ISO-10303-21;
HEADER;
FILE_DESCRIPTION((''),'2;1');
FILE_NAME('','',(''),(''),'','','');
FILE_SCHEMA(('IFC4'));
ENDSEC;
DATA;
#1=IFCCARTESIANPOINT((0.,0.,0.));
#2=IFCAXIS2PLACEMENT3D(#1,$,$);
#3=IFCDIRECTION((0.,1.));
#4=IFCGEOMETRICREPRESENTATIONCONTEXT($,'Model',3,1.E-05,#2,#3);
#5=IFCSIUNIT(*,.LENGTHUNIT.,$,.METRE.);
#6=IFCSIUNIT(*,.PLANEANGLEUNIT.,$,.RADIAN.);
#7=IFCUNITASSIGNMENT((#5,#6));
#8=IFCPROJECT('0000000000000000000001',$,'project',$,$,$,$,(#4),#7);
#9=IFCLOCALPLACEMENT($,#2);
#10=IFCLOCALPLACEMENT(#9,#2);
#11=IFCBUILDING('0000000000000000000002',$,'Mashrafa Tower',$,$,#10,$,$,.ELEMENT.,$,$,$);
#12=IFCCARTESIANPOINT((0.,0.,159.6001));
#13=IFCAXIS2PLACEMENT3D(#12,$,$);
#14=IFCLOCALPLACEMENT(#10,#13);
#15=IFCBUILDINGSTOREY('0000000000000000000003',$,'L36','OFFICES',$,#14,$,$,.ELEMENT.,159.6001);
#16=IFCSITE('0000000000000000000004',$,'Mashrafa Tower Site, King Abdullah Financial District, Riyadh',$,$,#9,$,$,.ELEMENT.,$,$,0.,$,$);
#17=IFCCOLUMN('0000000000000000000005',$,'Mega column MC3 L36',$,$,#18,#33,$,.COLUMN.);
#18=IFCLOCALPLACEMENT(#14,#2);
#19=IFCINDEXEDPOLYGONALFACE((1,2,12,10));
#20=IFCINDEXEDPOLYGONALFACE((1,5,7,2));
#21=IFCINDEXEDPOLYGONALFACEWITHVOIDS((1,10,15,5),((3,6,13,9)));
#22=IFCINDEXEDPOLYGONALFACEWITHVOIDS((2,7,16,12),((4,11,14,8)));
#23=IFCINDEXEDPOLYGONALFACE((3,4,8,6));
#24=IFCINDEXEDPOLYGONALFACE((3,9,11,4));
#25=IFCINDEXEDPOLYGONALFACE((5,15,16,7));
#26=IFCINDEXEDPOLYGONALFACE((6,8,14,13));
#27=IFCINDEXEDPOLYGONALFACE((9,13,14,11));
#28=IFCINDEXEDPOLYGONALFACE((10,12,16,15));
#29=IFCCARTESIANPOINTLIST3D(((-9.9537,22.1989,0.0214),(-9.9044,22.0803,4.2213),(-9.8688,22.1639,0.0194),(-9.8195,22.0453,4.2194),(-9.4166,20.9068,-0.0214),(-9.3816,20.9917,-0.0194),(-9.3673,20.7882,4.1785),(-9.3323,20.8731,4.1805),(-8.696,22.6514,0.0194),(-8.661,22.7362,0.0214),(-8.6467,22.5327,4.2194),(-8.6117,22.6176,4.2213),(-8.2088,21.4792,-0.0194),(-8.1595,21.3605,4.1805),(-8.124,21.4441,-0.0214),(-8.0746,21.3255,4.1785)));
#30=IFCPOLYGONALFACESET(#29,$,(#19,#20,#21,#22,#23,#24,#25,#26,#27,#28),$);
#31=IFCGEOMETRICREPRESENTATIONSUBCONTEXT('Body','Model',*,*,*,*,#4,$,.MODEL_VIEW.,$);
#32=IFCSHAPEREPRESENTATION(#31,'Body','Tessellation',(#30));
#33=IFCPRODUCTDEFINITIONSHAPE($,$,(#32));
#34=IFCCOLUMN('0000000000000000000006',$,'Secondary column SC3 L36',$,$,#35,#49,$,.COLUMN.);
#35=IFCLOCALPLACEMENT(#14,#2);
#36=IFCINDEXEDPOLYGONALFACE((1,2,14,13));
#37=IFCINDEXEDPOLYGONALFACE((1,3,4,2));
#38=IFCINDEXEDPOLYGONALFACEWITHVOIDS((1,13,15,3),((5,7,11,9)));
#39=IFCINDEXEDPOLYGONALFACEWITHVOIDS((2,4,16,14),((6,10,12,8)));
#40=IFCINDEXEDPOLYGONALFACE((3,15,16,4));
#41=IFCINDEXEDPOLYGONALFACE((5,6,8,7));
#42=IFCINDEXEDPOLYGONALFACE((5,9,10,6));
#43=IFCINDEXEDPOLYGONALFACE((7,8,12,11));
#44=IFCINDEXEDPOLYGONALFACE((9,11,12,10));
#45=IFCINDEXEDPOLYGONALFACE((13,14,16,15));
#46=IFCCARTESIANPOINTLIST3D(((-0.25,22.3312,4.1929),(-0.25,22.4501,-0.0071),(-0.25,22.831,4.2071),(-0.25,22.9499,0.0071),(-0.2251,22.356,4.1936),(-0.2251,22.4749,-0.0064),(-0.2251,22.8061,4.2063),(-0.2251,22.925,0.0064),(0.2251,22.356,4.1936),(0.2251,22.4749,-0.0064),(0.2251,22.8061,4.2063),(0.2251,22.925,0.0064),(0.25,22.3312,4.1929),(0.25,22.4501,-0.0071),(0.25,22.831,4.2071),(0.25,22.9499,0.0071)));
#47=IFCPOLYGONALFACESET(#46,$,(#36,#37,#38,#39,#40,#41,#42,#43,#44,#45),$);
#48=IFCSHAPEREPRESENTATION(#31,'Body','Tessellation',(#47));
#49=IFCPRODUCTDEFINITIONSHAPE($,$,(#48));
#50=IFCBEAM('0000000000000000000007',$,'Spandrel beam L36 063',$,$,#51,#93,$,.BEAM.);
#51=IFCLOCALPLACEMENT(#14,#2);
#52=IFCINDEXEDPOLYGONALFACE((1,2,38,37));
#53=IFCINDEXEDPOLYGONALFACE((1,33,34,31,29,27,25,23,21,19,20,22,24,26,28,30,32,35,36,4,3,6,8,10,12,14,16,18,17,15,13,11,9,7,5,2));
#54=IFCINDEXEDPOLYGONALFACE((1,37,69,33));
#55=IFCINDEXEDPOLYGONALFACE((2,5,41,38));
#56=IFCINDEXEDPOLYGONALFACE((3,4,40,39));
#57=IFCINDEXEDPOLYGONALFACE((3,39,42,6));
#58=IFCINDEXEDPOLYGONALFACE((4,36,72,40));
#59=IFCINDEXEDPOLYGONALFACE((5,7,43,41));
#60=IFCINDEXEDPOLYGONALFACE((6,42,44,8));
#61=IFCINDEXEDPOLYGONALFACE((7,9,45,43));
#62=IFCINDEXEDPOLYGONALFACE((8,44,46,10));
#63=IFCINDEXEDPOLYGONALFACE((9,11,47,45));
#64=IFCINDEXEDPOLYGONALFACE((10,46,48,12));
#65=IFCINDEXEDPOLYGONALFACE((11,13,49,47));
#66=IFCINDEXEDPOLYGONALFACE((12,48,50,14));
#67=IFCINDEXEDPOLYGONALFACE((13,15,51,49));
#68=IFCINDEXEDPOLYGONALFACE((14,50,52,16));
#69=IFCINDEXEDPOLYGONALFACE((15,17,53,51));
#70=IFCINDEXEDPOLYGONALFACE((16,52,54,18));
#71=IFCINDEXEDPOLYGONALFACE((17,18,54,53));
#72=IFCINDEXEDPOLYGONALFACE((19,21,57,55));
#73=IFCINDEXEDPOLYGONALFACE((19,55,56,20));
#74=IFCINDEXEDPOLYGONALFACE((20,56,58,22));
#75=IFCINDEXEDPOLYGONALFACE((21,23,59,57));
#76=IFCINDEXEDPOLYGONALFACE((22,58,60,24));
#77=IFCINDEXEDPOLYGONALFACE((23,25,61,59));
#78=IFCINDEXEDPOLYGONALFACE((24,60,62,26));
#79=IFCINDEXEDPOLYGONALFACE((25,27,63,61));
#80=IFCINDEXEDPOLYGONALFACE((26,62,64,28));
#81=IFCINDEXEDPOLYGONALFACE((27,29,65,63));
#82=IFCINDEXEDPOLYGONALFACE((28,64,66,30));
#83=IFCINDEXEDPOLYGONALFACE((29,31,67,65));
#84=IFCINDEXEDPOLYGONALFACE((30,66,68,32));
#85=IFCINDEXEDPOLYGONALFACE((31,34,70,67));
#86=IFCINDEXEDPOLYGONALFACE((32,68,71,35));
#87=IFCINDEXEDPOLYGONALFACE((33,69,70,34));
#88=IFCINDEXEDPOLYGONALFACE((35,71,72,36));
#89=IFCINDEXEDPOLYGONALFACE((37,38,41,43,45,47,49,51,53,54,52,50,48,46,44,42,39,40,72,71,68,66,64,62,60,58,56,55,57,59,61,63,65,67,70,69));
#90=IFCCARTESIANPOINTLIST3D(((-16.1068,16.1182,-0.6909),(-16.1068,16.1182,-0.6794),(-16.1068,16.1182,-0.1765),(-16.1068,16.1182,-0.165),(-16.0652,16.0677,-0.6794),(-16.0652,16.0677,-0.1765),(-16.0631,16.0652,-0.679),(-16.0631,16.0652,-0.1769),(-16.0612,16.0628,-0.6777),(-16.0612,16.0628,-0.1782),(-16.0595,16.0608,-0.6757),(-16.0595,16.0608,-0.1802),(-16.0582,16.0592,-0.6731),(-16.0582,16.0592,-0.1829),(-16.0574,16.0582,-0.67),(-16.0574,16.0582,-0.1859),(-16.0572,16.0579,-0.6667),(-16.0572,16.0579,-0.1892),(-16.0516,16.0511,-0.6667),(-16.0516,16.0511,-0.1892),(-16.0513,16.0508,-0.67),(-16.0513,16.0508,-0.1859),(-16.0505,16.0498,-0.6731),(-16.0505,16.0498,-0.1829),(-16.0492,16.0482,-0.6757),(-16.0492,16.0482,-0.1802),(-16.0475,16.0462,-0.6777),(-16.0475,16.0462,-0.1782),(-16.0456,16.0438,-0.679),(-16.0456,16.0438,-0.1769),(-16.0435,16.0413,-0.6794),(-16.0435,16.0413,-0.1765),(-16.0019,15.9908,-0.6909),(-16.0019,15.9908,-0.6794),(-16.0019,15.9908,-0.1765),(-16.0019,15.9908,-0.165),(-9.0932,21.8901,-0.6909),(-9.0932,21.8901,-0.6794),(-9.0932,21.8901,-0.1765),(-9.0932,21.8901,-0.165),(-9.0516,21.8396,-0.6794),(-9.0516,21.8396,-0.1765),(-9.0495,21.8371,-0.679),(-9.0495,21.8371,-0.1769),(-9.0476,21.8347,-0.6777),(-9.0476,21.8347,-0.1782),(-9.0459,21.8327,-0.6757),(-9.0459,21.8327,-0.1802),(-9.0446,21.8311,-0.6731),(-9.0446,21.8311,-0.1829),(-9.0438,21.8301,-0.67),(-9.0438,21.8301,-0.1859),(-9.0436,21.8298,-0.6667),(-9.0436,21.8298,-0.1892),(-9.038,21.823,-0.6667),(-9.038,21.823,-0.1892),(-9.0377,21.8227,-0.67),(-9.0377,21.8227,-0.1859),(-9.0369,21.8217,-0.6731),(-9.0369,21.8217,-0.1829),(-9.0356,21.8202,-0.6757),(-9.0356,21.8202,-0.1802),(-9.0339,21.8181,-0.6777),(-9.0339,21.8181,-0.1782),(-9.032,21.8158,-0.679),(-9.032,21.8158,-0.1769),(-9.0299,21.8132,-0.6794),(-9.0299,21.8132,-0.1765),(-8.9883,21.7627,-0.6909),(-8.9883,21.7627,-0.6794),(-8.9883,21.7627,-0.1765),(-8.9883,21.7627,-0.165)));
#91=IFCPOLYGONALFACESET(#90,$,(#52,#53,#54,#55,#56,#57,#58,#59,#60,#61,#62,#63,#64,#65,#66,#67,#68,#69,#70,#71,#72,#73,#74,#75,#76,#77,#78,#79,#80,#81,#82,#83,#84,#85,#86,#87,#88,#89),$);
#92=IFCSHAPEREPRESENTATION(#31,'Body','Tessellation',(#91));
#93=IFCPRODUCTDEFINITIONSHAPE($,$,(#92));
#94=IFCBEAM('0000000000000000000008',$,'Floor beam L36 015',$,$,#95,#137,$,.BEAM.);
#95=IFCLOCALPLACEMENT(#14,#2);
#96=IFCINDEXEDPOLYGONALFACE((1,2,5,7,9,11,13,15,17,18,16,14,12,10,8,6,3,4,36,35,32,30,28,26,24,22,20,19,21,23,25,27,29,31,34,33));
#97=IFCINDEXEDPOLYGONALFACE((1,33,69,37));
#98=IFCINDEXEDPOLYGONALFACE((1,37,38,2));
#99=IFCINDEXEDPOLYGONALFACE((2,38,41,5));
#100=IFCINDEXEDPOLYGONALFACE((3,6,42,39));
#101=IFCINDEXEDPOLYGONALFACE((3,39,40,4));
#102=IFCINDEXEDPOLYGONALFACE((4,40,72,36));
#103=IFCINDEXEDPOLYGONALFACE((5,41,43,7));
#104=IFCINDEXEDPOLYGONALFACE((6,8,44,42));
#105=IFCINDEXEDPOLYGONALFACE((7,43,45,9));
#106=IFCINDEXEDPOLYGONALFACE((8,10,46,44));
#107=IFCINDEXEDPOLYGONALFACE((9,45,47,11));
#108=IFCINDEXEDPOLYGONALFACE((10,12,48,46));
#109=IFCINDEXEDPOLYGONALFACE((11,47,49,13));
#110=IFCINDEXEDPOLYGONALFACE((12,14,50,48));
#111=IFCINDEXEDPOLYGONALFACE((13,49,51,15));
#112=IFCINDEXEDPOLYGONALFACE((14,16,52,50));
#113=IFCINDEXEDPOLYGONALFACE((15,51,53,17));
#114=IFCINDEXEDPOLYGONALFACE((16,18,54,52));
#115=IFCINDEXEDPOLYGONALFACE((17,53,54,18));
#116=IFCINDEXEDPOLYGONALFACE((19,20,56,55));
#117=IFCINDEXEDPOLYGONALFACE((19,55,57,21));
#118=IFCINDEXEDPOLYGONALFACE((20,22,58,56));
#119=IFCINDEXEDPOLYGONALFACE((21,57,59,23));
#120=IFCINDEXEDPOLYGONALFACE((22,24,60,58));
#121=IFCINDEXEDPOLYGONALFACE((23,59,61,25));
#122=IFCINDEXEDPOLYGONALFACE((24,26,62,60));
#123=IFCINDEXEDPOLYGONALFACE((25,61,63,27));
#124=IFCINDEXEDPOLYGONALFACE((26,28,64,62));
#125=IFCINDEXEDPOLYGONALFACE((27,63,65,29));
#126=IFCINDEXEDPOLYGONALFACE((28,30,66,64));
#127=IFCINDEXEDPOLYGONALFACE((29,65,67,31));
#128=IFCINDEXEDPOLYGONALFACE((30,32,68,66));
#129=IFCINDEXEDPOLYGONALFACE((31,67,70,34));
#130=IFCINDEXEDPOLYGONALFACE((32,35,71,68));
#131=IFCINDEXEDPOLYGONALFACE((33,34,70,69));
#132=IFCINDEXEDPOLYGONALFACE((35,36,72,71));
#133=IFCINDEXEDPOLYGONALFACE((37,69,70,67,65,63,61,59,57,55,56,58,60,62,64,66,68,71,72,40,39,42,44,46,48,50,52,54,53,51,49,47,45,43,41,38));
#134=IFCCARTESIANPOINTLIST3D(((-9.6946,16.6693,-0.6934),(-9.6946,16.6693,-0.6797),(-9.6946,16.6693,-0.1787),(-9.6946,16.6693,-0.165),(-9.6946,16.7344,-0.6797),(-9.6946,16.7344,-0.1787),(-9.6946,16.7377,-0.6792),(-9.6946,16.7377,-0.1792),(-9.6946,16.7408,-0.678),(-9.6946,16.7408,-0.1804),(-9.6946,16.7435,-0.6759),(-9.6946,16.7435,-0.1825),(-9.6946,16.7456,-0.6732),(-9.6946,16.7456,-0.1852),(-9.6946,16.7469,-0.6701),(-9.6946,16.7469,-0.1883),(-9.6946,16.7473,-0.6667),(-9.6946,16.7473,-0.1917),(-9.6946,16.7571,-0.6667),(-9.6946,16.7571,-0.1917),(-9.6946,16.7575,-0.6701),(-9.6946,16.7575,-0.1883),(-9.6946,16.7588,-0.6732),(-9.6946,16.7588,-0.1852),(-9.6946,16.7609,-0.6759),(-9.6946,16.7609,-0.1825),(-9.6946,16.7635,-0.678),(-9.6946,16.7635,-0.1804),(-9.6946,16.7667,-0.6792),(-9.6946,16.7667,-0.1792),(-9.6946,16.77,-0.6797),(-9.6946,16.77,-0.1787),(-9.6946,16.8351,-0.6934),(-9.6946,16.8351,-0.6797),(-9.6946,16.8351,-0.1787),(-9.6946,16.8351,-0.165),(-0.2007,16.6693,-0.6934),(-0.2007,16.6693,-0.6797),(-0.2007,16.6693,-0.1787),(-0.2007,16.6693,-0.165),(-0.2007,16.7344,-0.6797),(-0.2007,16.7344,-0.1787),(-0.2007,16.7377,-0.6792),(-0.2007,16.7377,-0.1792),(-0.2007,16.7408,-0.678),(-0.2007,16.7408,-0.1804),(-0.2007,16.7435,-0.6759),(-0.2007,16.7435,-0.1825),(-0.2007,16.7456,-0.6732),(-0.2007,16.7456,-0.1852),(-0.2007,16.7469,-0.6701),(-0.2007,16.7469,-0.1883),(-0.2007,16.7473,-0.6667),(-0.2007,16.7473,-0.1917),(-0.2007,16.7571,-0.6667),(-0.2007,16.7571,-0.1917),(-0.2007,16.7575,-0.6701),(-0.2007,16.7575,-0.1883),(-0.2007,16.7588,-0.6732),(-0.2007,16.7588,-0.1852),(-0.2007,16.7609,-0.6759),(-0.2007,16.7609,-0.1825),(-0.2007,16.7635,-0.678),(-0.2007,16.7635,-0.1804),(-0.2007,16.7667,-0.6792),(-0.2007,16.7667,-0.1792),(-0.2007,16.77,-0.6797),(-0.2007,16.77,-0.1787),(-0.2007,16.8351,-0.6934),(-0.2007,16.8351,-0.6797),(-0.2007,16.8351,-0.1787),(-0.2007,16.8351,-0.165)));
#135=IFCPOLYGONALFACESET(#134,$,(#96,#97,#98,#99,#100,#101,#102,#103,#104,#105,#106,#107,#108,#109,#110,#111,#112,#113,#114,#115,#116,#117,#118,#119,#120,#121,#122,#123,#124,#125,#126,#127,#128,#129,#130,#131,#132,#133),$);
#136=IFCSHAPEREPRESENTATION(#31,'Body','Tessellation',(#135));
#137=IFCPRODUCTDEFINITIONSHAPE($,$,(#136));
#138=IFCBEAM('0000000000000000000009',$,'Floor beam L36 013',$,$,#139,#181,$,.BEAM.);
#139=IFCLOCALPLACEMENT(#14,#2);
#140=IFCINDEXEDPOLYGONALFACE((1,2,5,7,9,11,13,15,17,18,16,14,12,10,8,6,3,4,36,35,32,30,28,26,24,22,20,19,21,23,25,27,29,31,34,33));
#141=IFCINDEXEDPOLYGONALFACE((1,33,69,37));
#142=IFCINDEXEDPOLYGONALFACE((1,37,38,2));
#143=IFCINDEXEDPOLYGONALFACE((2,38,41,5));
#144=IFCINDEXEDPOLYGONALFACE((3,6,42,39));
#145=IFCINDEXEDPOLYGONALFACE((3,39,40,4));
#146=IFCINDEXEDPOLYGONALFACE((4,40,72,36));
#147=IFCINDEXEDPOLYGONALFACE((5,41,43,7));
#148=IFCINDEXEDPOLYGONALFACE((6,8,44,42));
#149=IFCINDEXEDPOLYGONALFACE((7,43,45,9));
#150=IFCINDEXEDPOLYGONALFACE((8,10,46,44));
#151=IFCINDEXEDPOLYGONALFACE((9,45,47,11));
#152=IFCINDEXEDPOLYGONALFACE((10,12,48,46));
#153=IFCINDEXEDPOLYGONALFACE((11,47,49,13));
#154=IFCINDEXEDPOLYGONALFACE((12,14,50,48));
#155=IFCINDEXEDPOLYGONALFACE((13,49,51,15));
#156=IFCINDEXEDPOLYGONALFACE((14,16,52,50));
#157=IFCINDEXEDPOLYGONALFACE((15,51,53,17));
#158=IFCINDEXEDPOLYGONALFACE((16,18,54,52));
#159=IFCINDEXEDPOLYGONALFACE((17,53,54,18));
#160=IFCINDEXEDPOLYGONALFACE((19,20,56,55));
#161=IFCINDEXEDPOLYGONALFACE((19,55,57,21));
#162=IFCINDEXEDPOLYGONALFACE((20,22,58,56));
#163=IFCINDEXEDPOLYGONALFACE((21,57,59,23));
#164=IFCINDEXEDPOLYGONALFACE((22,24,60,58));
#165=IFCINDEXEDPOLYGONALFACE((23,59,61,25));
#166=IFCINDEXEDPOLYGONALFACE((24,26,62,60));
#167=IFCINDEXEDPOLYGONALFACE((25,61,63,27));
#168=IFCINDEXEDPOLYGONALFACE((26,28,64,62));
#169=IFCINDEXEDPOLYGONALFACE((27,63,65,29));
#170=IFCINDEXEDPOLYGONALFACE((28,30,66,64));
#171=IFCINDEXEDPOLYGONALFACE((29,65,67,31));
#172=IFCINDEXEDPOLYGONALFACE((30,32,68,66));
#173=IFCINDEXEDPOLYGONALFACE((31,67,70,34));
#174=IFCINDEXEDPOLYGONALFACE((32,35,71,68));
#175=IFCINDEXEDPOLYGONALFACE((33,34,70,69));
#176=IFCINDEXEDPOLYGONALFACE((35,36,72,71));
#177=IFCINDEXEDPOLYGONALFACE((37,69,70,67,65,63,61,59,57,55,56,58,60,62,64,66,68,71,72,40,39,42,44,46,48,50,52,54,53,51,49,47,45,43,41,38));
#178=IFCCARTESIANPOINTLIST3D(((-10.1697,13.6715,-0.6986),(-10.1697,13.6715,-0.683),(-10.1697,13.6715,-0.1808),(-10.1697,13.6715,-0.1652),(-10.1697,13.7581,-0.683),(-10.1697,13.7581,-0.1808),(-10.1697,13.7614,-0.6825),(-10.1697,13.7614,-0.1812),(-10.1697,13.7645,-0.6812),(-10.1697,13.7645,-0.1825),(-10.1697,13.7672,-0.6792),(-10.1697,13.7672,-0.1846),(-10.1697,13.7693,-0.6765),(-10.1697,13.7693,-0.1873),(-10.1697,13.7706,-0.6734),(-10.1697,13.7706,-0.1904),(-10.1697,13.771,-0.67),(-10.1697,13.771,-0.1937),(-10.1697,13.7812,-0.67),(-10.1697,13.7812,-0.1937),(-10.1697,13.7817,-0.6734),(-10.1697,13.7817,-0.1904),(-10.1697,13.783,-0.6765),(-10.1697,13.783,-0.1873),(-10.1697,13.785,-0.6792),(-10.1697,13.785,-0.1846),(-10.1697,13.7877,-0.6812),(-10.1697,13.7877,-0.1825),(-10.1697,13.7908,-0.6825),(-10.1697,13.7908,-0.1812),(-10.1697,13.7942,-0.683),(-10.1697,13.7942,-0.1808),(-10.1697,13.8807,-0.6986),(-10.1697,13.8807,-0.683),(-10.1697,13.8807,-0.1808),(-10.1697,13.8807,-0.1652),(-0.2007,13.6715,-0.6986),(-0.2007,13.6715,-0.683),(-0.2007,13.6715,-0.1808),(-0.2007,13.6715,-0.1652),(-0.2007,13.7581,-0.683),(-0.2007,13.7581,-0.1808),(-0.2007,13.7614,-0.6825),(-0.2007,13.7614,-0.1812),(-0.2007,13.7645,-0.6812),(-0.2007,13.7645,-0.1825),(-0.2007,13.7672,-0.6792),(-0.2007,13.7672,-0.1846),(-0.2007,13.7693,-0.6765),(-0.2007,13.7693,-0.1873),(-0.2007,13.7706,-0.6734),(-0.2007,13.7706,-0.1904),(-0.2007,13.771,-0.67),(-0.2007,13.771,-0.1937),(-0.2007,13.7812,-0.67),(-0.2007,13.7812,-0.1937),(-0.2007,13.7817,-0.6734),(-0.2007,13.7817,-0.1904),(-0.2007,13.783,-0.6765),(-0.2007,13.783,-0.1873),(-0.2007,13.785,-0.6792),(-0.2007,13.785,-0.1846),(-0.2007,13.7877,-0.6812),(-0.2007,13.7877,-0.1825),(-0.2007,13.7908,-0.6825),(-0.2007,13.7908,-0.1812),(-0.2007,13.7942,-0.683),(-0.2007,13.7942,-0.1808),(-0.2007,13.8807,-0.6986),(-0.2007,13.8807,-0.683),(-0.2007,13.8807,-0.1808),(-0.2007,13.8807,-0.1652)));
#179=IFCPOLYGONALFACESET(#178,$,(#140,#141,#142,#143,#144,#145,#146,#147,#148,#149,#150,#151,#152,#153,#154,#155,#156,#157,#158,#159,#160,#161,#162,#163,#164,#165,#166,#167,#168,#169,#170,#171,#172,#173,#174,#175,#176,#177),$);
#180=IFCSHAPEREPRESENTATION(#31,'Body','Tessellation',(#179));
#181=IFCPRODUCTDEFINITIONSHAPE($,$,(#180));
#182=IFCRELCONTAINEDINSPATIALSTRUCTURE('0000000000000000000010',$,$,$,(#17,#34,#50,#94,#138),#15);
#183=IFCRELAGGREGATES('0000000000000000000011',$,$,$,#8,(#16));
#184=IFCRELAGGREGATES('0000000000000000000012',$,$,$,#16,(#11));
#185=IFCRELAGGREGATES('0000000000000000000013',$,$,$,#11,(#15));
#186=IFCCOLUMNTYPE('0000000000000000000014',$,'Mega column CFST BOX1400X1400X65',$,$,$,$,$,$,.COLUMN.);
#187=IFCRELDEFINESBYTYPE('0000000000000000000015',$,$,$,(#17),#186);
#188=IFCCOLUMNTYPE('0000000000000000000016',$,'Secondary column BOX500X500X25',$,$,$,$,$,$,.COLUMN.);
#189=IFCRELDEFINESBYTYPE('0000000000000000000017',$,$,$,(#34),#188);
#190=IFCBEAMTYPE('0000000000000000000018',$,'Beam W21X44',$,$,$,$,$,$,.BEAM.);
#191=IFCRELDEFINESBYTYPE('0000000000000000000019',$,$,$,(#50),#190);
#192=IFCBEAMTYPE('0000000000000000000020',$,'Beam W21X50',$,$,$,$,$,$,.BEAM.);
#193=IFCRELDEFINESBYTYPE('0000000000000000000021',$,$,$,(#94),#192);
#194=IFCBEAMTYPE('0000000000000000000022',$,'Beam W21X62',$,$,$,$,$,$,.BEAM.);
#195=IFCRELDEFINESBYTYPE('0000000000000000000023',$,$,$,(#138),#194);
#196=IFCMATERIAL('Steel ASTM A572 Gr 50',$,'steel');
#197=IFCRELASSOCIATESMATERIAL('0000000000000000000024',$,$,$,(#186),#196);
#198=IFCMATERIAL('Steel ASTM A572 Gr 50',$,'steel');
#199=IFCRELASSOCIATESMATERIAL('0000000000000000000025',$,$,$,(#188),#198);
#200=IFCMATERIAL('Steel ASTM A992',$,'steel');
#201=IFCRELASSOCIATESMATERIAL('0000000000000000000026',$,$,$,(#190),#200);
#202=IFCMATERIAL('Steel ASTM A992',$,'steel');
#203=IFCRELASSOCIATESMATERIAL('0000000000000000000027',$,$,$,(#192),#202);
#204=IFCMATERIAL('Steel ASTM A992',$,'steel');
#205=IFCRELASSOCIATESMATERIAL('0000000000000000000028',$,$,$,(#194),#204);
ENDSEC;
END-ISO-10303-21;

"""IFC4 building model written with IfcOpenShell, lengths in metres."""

from ifc_helpers import new_model, si_unit, direction, frame, origin, origin_2d, place, context, subcontext, project, spatial, hollow_rectangle, i_section, extrude, material, material_profile, profile_set, type_object, element, save


model = new_model("IFC4")

# Units and contexts
model_context = context("Model", 3, precision=1e-05, world=origin(), true_north=direction((0.0, 1.0)))
body_context = subcontext(model_context, "Body", "Model", "MODEL_VIEW")
ifc_project = project(units=[si_unit("LENGTHUNIT", "METRE"), si_unit("PLANEANGLEUNIT", "RADIAN")], contexts=[model_context])

# Site, building, storey
site_placement = place(None, origin())
site = spatial("IfcSite", under=ifc_project, at=site_placement, Name="Mashrafa Tower Site, King Abdullah Financial District, Riyadh", CompositionType="ELEMENT", RefElevation=0.0)
building_placement = place(site_placement, origin())
building = spatial("IfcBuilding", under=site, at=building_placement, Name="Mashrafa Tower", CompositionType="ELEMENT")
storey_placement = place(building_placement, frame((0.0, 0.0, 159.6001)))
storey = spatial("IfcBuildingStorey", under=building, at=storey_placement, Name="L36", Description="OFFICES", CompositionType="ELEMENT", Elevation=159.6001)

# Columns
ifc_material_1 = material(Name="Steel ASTM A572 Gr 50", Category="steel")
ifc_material_profile_1 = material_profile(ifc_material_1, hollow_rectangle(XDim=1.3999, YDim=1.3999, WallThickness=0.0649, at=origin_2d()), Name="BOX1400X1400X65")
ifc_profile_set_1 = profile_set([ifc_material_profile_1], Name="Steel ASTM A572 Gr 50")
column_type_1 = type_object("IfcColumnType", Name="Mega column CFST BOX1400X1400X65", PredefinedType="COLUMN", material=ifc_profile_set_1)
column_1_placement = place(storey_placement, frame((-9.0388, 21.8215, 0.0), z_axis=(0.011737, -0.028238, 0.999532), x_axis=(0.923414, 0.383806, 0.0)))
element("IfcColumn", 1, at=column_1_placement, inside=storey, type_object=column_type_1, Name="Mega column MC3 L36", PredefinedType="COLUMN", context=body_context, shape_type="SweptSolid", body=[
    extrude(hollow_rectangle(XDim=1.3999, YDim=1.3999, WallThickness=0.0649, at=origin_2d()), origin(), (0.0, 0.0, 1.0), 4.2019),
])
ifc_material_2 = material(Name="Steel ASTM A572 Gr 50", Category="steel")
ifc_material_profile_2 = material_profile(ifc_material_2, hollow_rectangle(XDim=0.5, YDim=0.5, WallThickness=0.0249, at=origin_2d()), Name="BOX500X500X25")
ifc_profile_set_2 = profile_set([ifc_material_profile_2], Name="Steel ASTM A572 Gr 50")
column_type_2 = type_object("IfcColumnType", Name="Secondary column BOX500X500X25", PredefinedType="COLUMN", material=ifc_profile_set_2)
column_2_placement = place(storey_placement, frame((0.0, 22.7, 0.0), z_axis=(0.0, -0.028298, 0.9996), x_axis=(1.0, 0.0, 0.0)))
element("IfcColumn", 2, at=column_2_placement, inside=storey, type_object=column_type_2, Name="Secondary column SC3 L36", PredefinedType="COLUMN", context=body_context, shape_type="SweptSolid", body=[
    extrude(hollow_rectangle(XDim=0.5, YDim=0.5, WallThickness=0.0249, at=origin_2d()), origin(), (0.0, 0.0, 1.0), 4.2017),
])

# Beams
ifc_material_3 = material(Name="Steel ASTM A992", Category="steel")
ifc_material_profile_3 = material_profile(ifc_material_3, i_section(OverallWidth=0.165, OverallDepth=0.5259, WebThickness=0.0088, FlangeThickness=0.0115, FilletRadius=0.0127, at=origin_2d()), Name="W21X44")
ifc_profile_set_3 = profile_set([ifc_material_profile_3], Name="Steel ASTM A992")
beam_type_1 = type_object("IfcBeamType", Name="Beam W21X44", PredefinedType="BEAM", material=ifc_profile_set_3)
beam_1_placement = place(storey_placement, frame((-9.0408, 21.8264, -0.428), z_axis=(-0.772146, -0.635445, 0.0), x_axis=(0.635445, -0.772146, 0.0)))
element("IfcBeam", 3, at=beam_1_placement, inside=storey, type_object=beam_type_1, Name="Spandrel beam L36 063", PredefinedType="BEAM", context=body_context, shape_type="SweptSolid", body=[
    extrude(i_section(OverallWidth=0.165, OverallDepth=0.5259, WebThickness=0.0088, FlangeThickness=0.0115, FilletRadius=0.0127, at=origin_2d()), origin(), (0.0, 0.0, 1.0), 9.0833),
])
ifc_material_4 = material(Name="Steel ASTM A992", Category="steel")
ifc_material_profile_4 = material_profile(ifc_material_4, i_section(OverallWidth=0.1658, OverallDepth=0.5283, WebThickness=0.0098, FlangeThickness=0.0137, FilletRadius=0.0129, at=origin_2d()), Name="W21X50")
ifc_profile_set_4 = profile_set([ifc_material_profile_4], Name="Steel ASTM A992")
beam_type_2 = type_object("IfcBeamType", Name="Beam W21X50", PredefinedType="BEAM", material=ifc_profile_set_4)
beam_2_placement = place(storey_placement, frame((-9.6946, 16.7522, -0.4292), z_axis=(1.0, 0.0, 0.0), x_axis=(0.0, 1.0, 0.0)))
element("IfcBeam", 4, at=beam_2_placement, inside=storey, type_object=beam_type_2, Name="Floor beam L36 015", PredefinedType="BEAM", context=body_context, shape_type="SweptSolid", body=[
    extrude(i_section(OverallWidth=0.1658, OverallDepth=0.5283, WebThickness=0.0098, FlangeThickness=0.0137, FilletRadius=0.0129, at=origin_2d()), origin(), (0.0, 0.0, 1.0), 9.4939),
])
ifc_material_5 = material(Name="Steel ASTM A992", Category="steel")
ifc_material_profile_5 = material_profile(ifc_material_5, i_section(OverallWidth=0.2092, OverallDepth=0.5334, WebThickness=0.0103, FlangeThickness=0.0156, FilletRadius=0.0129, at=origin_2d()), Name="W21X62")
ifc_profile_set_5 = profile_set([ifc_material_profile_5], Name="Steel ASTM A992")
beam_type_3 = type_object("IfcBeamType", Name="Beam W21X62", PredefinedType="BEAM", material=ifc_profile_set_5)
beam_3_placement = place(storey_placement, frame((-10.1697, 13.7761, -0.4319), z_axis=(1.0, 0.0, 0.0), x_axis=(0.0, 1.0, 0.0)))
element("IfcBeam", 5, at=beam_3_placement, inside=storey, type_object=beam_type_3, Name="Floor beam L36 013", PredefinedType="BEAM", context=body_context, shape_type="SweptSolid", body=[
    extrude(i_section(OverallWidth=0.2092, OverallDepth=0.5334, WebThickness=0.0103, FlangeThickness=0.0156, FilletRadius=0.0129, at=origin_2d()), origin(), (0.0, 0.0, 1.0), 9.969),
])

save(model, "model.ifc")
